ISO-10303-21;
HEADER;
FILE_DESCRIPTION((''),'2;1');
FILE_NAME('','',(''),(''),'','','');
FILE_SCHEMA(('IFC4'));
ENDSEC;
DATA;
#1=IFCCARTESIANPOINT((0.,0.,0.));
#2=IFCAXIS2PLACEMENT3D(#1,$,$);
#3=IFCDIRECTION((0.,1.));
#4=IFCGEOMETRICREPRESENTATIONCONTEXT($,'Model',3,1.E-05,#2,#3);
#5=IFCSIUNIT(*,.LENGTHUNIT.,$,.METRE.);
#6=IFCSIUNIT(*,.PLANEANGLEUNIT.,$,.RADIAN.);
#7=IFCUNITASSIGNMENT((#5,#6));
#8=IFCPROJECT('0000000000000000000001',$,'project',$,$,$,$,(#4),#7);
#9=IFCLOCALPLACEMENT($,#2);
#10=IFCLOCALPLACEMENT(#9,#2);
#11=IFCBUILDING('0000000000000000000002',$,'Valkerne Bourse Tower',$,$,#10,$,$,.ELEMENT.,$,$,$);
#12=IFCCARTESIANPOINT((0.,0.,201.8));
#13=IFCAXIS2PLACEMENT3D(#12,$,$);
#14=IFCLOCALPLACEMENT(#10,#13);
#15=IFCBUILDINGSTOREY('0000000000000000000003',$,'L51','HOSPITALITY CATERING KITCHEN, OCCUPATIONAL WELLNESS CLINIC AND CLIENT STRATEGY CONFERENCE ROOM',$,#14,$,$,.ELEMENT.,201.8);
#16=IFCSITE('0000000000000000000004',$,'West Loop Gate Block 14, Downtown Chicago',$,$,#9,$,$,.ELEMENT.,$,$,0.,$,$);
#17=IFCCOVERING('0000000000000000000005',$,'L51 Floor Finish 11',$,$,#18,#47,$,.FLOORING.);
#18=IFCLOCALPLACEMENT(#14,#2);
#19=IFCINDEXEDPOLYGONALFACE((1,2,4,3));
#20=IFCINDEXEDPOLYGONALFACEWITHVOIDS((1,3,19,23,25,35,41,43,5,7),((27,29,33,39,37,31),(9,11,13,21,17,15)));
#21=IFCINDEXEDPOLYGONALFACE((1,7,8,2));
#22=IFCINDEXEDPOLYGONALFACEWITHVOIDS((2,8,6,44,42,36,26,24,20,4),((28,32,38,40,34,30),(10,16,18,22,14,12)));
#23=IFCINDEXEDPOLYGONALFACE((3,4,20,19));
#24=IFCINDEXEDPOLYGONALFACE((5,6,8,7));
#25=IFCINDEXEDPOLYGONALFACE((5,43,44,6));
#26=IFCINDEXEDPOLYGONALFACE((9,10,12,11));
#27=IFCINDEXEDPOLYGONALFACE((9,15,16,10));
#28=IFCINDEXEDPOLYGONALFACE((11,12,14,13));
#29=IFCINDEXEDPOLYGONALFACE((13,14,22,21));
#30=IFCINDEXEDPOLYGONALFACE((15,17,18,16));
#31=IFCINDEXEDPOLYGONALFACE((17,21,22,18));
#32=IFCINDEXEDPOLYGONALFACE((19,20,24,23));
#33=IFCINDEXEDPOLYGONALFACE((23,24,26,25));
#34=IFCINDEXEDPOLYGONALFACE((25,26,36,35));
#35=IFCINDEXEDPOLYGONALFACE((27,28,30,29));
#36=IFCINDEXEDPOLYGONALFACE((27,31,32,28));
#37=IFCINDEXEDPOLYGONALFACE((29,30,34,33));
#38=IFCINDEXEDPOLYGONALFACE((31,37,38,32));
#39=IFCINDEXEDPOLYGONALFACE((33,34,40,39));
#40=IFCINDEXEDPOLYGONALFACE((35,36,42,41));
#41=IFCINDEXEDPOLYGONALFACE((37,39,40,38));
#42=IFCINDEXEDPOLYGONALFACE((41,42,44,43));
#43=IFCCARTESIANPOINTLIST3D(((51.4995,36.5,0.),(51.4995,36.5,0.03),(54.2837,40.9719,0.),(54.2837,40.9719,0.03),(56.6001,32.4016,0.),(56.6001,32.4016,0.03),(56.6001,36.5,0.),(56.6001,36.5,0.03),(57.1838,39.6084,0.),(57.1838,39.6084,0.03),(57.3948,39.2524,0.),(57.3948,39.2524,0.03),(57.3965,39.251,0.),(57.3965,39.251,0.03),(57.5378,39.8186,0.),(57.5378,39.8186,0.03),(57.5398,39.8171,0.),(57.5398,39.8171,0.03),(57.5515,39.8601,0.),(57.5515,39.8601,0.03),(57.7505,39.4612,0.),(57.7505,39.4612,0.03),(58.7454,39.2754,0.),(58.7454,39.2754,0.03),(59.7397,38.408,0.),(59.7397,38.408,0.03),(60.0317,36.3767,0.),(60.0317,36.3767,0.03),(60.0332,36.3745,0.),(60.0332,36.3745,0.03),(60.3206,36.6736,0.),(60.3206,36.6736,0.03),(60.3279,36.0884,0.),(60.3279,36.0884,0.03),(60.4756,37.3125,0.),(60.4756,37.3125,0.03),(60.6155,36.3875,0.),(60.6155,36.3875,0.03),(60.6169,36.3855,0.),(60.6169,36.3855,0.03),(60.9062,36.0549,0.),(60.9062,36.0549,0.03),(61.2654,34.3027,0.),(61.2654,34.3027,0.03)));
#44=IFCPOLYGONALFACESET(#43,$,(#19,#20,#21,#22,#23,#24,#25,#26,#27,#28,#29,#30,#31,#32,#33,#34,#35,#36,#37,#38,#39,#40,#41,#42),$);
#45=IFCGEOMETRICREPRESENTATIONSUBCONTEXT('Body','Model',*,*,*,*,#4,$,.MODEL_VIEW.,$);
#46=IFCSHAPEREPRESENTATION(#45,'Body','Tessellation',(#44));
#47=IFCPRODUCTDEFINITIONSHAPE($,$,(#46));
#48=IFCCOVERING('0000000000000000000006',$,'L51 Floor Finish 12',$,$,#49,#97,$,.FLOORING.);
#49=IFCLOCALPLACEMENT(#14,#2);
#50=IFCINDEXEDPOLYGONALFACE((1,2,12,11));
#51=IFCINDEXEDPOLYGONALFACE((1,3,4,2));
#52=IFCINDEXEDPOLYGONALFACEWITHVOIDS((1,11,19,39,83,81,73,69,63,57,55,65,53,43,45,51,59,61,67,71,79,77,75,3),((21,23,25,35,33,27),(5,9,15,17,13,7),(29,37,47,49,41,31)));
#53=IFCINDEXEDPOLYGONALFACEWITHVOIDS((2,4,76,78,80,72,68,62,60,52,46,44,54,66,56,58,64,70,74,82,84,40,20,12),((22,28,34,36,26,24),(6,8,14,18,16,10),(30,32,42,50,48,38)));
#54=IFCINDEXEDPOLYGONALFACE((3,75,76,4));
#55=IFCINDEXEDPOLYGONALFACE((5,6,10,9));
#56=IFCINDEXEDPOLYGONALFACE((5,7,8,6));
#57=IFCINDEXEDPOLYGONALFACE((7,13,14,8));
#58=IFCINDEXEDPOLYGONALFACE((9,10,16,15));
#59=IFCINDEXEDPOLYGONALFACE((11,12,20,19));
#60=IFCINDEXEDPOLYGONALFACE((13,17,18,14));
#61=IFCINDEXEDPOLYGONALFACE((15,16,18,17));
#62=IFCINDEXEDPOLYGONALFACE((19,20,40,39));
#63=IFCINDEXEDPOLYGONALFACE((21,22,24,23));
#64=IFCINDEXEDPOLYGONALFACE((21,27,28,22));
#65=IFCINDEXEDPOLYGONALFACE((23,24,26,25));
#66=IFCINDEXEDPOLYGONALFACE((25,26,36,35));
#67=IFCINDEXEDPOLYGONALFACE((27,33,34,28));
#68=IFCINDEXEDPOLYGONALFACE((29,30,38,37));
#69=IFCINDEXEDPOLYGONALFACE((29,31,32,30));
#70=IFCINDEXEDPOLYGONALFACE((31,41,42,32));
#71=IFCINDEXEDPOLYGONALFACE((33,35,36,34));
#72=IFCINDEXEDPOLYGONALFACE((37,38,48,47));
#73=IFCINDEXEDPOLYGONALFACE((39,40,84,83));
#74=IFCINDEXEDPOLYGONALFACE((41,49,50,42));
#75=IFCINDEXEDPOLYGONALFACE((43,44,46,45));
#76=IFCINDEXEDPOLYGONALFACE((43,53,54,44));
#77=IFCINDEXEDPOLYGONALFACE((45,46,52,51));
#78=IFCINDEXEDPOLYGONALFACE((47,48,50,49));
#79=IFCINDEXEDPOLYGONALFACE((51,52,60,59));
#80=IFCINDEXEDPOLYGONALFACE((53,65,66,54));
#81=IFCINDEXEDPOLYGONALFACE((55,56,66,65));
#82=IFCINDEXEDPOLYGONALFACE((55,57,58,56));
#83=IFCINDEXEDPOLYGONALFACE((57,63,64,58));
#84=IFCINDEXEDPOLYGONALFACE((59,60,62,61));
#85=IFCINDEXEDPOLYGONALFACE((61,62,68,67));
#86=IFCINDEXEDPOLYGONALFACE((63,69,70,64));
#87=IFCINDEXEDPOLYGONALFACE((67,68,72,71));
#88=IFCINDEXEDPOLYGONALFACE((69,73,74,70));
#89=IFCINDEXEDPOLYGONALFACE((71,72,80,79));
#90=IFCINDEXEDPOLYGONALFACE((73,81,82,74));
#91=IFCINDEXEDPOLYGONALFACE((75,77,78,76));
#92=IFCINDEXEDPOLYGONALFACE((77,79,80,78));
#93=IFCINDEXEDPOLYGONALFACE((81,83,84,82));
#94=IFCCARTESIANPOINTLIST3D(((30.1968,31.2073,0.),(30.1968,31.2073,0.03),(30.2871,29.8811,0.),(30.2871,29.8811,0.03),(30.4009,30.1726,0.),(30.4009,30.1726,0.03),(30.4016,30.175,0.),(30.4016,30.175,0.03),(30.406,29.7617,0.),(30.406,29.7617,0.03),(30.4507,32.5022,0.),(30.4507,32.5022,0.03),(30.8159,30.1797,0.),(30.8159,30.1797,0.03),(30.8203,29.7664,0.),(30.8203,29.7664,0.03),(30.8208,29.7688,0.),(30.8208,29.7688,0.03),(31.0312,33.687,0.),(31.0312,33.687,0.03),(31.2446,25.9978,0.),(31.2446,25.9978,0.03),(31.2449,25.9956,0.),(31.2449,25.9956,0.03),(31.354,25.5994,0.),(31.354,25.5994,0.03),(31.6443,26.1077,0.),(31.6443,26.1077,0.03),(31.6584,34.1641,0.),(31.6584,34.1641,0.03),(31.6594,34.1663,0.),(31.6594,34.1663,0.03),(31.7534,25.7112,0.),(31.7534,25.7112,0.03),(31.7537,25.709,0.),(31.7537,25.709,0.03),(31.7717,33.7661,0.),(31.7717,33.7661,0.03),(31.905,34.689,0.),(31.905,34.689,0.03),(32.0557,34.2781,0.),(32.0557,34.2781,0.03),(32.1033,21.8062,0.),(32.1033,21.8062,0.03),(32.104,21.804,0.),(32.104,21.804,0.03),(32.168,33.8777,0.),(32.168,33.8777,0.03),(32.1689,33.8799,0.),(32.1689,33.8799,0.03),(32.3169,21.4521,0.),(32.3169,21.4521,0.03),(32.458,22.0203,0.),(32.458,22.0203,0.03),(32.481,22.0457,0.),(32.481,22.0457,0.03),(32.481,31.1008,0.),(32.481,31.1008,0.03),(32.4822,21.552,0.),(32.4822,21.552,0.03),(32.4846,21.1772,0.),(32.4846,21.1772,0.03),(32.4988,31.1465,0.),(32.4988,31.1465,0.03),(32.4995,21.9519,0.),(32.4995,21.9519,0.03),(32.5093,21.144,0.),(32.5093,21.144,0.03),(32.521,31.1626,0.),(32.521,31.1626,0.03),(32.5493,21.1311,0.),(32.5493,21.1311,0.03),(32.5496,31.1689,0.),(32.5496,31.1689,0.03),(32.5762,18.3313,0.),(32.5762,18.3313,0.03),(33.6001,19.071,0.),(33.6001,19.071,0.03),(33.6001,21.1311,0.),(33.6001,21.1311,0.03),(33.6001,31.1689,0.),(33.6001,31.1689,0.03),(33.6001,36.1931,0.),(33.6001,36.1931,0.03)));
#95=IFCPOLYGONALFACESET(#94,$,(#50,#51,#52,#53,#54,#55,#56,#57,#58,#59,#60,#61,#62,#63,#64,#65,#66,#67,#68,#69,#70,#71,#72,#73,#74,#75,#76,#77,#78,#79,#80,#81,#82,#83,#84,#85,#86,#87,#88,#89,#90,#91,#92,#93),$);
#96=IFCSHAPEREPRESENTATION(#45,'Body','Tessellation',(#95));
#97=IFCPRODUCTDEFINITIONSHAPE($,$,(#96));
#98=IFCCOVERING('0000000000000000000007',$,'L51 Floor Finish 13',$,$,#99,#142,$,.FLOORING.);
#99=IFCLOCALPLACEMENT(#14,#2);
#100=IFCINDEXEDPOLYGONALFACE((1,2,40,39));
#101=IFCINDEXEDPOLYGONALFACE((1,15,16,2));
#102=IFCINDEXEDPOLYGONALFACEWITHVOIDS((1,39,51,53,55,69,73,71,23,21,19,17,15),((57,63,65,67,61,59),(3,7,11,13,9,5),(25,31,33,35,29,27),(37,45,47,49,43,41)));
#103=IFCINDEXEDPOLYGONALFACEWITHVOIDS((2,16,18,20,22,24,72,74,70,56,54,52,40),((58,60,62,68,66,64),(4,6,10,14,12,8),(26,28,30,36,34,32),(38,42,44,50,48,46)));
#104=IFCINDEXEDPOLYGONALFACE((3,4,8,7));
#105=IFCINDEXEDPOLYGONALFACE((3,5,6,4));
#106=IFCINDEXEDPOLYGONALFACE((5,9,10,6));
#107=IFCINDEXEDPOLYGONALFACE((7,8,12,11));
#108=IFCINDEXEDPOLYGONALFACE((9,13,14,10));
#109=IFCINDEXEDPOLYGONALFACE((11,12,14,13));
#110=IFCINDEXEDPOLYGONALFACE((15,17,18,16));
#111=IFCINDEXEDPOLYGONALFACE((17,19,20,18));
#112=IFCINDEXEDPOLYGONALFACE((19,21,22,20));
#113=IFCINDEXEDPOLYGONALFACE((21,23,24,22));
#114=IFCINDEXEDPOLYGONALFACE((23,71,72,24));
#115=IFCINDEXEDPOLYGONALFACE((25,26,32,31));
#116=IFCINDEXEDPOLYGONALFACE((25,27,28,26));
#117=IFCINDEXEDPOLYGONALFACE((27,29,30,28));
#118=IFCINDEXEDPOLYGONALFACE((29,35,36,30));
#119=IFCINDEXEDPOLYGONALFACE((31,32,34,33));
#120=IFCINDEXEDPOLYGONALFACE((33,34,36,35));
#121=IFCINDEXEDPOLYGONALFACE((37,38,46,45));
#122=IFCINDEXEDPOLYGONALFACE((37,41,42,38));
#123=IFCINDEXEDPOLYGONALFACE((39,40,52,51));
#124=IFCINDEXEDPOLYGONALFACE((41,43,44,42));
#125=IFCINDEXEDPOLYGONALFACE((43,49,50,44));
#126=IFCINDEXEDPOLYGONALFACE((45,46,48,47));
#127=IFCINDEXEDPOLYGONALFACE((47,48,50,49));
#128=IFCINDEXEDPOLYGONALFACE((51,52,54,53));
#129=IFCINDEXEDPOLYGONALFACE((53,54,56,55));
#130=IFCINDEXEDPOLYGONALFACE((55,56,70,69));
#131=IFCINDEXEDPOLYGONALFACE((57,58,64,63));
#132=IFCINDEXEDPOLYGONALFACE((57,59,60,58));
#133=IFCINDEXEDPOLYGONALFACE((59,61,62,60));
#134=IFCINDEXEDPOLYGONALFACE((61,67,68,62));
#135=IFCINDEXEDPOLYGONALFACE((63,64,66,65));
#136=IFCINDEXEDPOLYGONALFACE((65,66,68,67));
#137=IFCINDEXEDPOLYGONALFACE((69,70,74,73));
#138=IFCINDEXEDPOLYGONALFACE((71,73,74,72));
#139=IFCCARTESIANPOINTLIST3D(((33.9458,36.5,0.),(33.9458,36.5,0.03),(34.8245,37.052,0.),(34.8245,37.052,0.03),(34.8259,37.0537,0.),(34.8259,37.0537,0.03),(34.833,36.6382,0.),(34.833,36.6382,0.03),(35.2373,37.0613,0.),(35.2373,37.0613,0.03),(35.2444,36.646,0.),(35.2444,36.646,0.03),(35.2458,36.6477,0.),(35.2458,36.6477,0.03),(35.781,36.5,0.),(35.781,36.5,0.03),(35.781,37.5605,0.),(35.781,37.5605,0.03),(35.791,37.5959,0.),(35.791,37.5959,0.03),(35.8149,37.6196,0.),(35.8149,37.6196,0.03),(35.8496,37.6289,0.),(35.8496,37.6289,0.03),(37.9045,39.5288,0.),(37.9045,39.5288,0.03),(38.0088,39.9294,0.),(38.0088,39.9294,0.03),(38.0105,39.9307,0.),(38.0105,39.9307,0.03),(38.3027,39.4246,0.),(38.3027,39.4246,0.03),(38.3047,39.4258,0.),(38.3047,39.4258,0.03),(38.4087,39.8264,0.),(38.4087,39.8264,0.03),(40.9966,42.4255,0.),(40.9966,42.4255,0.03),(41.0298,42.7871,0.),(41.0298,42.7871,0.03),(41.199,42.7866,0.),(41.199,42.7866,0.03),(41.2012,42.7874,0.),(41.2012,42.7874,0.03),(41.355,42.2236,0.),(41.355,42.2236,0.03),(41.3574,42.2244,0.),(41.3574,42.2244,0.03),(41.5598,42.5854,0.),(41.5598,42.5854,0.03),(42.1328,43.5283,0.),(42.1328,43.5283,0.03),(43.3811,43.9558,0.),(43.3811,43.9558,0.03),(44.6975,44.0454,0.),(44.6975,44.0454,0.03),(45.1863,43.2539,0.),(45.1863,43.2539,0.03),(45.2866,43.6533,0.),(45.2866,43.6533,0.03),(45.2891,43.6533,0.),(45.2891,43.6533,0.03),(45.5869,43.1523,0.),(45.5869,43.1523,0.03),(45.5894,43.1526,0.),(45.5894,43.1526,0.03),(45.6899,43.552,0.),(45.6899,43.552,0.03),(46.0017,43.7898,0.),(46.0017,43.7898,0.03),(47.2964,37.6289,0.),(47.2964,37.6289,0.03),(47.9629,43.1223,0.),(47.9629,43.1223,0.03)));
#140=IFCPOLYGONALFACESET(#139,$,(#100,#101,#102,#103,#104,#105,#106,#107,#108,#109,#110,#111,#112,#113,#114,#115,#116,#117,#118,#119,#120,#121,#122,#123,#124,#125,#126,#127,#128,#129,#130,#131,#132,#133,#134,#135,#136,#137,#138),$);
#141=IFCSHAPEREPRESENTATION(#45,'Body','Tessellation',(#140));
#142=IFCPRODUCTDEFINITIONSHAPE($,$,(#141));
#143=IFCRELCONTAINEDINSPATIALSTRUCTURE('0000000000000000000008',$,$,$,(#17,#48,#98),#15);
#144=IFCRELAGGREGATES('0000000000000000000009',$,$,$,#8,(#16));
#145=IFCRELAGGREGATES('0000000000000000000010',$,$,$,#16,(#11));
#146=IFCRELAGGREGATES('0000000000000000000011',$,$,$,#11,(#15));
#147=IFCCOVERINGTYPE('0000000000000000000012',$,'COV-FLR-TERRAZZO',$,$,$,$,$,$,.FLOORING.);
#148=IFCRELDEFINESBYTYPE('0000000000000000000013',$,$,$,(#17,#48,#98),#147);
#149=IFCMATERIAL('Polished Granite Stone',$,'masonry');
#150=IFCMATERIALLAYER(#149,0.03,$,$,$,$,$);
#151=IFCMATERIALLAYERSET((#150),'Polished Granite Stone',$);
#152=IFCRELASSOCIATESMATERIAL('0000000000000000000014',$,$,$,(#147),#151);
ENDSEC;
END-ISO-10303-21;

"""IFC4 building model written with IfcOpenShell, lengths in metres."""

from ifc_helpers import new_model, si_unit, direction, frame, origin, place, context, subcontext, project, spatial, polyline, outline, extrude, material, layer, layer_set, type_object, element, save


model = new_model("IFC4")

# Units and contexts
model_context = context("Model", 3, precision=1e-05, world=origin(), true_north=direction((0.0, 1.0)))
body_context = subcontext(model_context, "Body", "Model", "MODEL_VIEW")
ifc_project = project(units=[si_unit("LENGTHUNIT", "METRE"), si_unit("PLANEANGLEUNIT", "RADIAN")], contexts=[model_context])

# Site, building, storey
site_placement = place(None, origin())
site = spatial("IfcSite", under=ifc_project, at=site_placement, Name="West Loop Gate Block 14, Downtown Chicago", CompositionType="ELEMENT", RefElevation=0.0)
building_placement = place(site_placement, origin())
building = spatial("IfcBuilding", under=site, at=building_placement, Name="Valkerne Bourse Tower", CompositionType="ELEMENT")
storey_placement = place(building_placement, frame((0.0, 0.0, 201.8)))
storey = spatial("IfcBuildingStorey", under=building, at=storey_placement, Name="L51", Description="HOSPITALITY CATERING KITCHEN, OCCUPATIONAL WELLNESS CLINIC AND CLIENT STRATEGY CONFERENCE ROOM", CompositionType="ELEMENT", Elevation=201.8)

# Coverings
ifc_material_1 = material(Name="Polished Granite Stone", Category="masonry")
ifc_layer_1 = layer(ifc_material_1, 0.03)
ifc_layer_set_1 = layer_set([ifc_layer_1], Name="Polished Granite Stone")
covering_type_1 = type_object("IfcCoveringType", Name="COV-FLR-TERRAZZO", PredefinedType="FLOORING", material=ifc_layer_set_1)
covering_1_placement = place(storey_placement, origin())
element("IfcCovering", 1, at=covering_1_placement, inside=storey, type_object=covering_type_1, Name="L51 Floor Finish 11", PredefinedType="FLOORING", context=body_context, shape_type="SweptSolid", body=[
    extrude(outline(polyline([(59.7397, 38.408), (60.4756, 37.3125), (60.9062, 36.0549), (61.2654, 34.3027), (56.6001, 32.4016), (56.6001, 36.5), (51.4995, 36.5), (54.2837, 40.9719), (57.5515, 39.8601), (58.7454, 39.2754), (59.7397, 38.408)]), holes=[polyline([(60.6155, 36.3875), (60.3206, 36.6736), (60.0317, 36.3767), (60.0332, 36.3745), (60.3279, 36.0884), (60.6169, 36.3855), (60.6155, 36.3875)]), polyline([(57.5398, 39.8171), (57.5378, 39.8186), (57.1838, 39.6084), (57.3948, 39.2524), (57.3965, 39.251), (57.7505, 39.4612), (57.5398, 39.8171)])]), origin(), (0.0, 0.0, 1.0), 0.03),
])
covering_2_placement = place(storey_placement, origin())
element("IfcCovering", 2, at=covering_2_placement, inside=storey, type_object=covering_type_1, Name="L51 Floor Finish 12", PredefinedType="FLOORING", context=body_context, shape_type="SweptSolid", body=[
    extrude(outline(polyline([(30.4507, 32.5022), (31.0312, 33.687), (31.905, 34.689), (33.6001, 36.1931), (33.6001, 31.1689), (32.5496, 31.1689), (32.521, 31.1626), (32.4988, 31.1465), (32.481, 31.1008), (32.481, 22.0457), (32.4995, 21.9519), (32.458, 22.0203), (32.1033, 21.8062), (32.104, 21.804), (32.3169, 21.4521), (32.4822, 21.552), (32.4846, 21.1772), (32.5093, 21.144), (32.5493, 21.1311), (33.6001, 21.1311), (33.6001, 19.071), (32.5762, 18.3313), (30.2871, 29.8811), (30.1968, 31.2073), (30.4507, 32.5022)]), holes=[polyline([(31.7534, 25.7112), (31.6443, 26.1077), (31.2446, 25.9978), (31.2449, 25.9956), (31.354, 25.5994), (31.7537, 25.709), (31.7534, 25.7112)]), polyline([(30.8208, 29.7688), (30.8159, 30.1797), (30.4016, 30.175), (30.4009, 30.1726), (30.406, 29.7617), (30.8203, 29.7664), (30.8208, 29.7688)]), polyline([(32.1689, 33.8799), (32.0557, 34.2781), (31.6594, 34.1663), (31.6584, 34.1641), (31.7717, 33.7661), (32.168, 33.8777), (32.1689, 33.8799)])]), origin(), (0.0, 0.0, 1.0), 0.03),
])
covering_3_placement = place(storey_placement, origin())
element("IfcCovering", 3, at=covering_3_placement, inside=storey, type_object=covering_type_1, Name="L51 Floor Finish 13", PredefinedType="FLOORING", context=body_context, shape_type="SweptSolid", body=[
    extrude(outline(polyline([(41.0298, 42.7871), (42.1328, 43.5283), (43.3811, 43.9558), (44.6975, 44.0454), (46.0017, 43.7898), (47.9629, 43.1223), (47.2964, 37.6289), (35.8496, 37.6289), (35.8149, 37.6196), (35.791, 37.5959), (35.781, 37.5605), (35.781, 36.5), (33.9458, 36.5), (41.0298, 42.7871)]), holes=[polyline([(35.2458, 36.6477), (35.2373, 37.0613), (34.8259, 37.0537), (34.8245, 37.052), (34.833, 36.6382), (35.2444, 36.646), (35.2458, 36.6477)]), polyline([(38.3047, 39.4258), (38.4087, 39.8264), (38.0105, 39.9307), (38.0088, 39.9294), (37.9045, 39.5288), (38.3027, 39.4246), (38.3047, 39.4258)]), polyline([(41.3574, 42.2244), (41.5598, 42.5854), (41.2012, 42.7874), (41.199, 42.7866), (40.9966, 42.4255), (41.355, 42.2236), (41.3574, 42.2244)]), polyline([(45.6899, 43.552), (45.2891, 43.6533), (45.2866, 43.6533), (45.1863, 43.2539), (45.5869, 43.1523), (45.5894, 43.1526), (45.6899, 43.552)])]), origin(), (0.0, 0.0, 1.0), 0.03),
])

save(model, "model.ifc")
